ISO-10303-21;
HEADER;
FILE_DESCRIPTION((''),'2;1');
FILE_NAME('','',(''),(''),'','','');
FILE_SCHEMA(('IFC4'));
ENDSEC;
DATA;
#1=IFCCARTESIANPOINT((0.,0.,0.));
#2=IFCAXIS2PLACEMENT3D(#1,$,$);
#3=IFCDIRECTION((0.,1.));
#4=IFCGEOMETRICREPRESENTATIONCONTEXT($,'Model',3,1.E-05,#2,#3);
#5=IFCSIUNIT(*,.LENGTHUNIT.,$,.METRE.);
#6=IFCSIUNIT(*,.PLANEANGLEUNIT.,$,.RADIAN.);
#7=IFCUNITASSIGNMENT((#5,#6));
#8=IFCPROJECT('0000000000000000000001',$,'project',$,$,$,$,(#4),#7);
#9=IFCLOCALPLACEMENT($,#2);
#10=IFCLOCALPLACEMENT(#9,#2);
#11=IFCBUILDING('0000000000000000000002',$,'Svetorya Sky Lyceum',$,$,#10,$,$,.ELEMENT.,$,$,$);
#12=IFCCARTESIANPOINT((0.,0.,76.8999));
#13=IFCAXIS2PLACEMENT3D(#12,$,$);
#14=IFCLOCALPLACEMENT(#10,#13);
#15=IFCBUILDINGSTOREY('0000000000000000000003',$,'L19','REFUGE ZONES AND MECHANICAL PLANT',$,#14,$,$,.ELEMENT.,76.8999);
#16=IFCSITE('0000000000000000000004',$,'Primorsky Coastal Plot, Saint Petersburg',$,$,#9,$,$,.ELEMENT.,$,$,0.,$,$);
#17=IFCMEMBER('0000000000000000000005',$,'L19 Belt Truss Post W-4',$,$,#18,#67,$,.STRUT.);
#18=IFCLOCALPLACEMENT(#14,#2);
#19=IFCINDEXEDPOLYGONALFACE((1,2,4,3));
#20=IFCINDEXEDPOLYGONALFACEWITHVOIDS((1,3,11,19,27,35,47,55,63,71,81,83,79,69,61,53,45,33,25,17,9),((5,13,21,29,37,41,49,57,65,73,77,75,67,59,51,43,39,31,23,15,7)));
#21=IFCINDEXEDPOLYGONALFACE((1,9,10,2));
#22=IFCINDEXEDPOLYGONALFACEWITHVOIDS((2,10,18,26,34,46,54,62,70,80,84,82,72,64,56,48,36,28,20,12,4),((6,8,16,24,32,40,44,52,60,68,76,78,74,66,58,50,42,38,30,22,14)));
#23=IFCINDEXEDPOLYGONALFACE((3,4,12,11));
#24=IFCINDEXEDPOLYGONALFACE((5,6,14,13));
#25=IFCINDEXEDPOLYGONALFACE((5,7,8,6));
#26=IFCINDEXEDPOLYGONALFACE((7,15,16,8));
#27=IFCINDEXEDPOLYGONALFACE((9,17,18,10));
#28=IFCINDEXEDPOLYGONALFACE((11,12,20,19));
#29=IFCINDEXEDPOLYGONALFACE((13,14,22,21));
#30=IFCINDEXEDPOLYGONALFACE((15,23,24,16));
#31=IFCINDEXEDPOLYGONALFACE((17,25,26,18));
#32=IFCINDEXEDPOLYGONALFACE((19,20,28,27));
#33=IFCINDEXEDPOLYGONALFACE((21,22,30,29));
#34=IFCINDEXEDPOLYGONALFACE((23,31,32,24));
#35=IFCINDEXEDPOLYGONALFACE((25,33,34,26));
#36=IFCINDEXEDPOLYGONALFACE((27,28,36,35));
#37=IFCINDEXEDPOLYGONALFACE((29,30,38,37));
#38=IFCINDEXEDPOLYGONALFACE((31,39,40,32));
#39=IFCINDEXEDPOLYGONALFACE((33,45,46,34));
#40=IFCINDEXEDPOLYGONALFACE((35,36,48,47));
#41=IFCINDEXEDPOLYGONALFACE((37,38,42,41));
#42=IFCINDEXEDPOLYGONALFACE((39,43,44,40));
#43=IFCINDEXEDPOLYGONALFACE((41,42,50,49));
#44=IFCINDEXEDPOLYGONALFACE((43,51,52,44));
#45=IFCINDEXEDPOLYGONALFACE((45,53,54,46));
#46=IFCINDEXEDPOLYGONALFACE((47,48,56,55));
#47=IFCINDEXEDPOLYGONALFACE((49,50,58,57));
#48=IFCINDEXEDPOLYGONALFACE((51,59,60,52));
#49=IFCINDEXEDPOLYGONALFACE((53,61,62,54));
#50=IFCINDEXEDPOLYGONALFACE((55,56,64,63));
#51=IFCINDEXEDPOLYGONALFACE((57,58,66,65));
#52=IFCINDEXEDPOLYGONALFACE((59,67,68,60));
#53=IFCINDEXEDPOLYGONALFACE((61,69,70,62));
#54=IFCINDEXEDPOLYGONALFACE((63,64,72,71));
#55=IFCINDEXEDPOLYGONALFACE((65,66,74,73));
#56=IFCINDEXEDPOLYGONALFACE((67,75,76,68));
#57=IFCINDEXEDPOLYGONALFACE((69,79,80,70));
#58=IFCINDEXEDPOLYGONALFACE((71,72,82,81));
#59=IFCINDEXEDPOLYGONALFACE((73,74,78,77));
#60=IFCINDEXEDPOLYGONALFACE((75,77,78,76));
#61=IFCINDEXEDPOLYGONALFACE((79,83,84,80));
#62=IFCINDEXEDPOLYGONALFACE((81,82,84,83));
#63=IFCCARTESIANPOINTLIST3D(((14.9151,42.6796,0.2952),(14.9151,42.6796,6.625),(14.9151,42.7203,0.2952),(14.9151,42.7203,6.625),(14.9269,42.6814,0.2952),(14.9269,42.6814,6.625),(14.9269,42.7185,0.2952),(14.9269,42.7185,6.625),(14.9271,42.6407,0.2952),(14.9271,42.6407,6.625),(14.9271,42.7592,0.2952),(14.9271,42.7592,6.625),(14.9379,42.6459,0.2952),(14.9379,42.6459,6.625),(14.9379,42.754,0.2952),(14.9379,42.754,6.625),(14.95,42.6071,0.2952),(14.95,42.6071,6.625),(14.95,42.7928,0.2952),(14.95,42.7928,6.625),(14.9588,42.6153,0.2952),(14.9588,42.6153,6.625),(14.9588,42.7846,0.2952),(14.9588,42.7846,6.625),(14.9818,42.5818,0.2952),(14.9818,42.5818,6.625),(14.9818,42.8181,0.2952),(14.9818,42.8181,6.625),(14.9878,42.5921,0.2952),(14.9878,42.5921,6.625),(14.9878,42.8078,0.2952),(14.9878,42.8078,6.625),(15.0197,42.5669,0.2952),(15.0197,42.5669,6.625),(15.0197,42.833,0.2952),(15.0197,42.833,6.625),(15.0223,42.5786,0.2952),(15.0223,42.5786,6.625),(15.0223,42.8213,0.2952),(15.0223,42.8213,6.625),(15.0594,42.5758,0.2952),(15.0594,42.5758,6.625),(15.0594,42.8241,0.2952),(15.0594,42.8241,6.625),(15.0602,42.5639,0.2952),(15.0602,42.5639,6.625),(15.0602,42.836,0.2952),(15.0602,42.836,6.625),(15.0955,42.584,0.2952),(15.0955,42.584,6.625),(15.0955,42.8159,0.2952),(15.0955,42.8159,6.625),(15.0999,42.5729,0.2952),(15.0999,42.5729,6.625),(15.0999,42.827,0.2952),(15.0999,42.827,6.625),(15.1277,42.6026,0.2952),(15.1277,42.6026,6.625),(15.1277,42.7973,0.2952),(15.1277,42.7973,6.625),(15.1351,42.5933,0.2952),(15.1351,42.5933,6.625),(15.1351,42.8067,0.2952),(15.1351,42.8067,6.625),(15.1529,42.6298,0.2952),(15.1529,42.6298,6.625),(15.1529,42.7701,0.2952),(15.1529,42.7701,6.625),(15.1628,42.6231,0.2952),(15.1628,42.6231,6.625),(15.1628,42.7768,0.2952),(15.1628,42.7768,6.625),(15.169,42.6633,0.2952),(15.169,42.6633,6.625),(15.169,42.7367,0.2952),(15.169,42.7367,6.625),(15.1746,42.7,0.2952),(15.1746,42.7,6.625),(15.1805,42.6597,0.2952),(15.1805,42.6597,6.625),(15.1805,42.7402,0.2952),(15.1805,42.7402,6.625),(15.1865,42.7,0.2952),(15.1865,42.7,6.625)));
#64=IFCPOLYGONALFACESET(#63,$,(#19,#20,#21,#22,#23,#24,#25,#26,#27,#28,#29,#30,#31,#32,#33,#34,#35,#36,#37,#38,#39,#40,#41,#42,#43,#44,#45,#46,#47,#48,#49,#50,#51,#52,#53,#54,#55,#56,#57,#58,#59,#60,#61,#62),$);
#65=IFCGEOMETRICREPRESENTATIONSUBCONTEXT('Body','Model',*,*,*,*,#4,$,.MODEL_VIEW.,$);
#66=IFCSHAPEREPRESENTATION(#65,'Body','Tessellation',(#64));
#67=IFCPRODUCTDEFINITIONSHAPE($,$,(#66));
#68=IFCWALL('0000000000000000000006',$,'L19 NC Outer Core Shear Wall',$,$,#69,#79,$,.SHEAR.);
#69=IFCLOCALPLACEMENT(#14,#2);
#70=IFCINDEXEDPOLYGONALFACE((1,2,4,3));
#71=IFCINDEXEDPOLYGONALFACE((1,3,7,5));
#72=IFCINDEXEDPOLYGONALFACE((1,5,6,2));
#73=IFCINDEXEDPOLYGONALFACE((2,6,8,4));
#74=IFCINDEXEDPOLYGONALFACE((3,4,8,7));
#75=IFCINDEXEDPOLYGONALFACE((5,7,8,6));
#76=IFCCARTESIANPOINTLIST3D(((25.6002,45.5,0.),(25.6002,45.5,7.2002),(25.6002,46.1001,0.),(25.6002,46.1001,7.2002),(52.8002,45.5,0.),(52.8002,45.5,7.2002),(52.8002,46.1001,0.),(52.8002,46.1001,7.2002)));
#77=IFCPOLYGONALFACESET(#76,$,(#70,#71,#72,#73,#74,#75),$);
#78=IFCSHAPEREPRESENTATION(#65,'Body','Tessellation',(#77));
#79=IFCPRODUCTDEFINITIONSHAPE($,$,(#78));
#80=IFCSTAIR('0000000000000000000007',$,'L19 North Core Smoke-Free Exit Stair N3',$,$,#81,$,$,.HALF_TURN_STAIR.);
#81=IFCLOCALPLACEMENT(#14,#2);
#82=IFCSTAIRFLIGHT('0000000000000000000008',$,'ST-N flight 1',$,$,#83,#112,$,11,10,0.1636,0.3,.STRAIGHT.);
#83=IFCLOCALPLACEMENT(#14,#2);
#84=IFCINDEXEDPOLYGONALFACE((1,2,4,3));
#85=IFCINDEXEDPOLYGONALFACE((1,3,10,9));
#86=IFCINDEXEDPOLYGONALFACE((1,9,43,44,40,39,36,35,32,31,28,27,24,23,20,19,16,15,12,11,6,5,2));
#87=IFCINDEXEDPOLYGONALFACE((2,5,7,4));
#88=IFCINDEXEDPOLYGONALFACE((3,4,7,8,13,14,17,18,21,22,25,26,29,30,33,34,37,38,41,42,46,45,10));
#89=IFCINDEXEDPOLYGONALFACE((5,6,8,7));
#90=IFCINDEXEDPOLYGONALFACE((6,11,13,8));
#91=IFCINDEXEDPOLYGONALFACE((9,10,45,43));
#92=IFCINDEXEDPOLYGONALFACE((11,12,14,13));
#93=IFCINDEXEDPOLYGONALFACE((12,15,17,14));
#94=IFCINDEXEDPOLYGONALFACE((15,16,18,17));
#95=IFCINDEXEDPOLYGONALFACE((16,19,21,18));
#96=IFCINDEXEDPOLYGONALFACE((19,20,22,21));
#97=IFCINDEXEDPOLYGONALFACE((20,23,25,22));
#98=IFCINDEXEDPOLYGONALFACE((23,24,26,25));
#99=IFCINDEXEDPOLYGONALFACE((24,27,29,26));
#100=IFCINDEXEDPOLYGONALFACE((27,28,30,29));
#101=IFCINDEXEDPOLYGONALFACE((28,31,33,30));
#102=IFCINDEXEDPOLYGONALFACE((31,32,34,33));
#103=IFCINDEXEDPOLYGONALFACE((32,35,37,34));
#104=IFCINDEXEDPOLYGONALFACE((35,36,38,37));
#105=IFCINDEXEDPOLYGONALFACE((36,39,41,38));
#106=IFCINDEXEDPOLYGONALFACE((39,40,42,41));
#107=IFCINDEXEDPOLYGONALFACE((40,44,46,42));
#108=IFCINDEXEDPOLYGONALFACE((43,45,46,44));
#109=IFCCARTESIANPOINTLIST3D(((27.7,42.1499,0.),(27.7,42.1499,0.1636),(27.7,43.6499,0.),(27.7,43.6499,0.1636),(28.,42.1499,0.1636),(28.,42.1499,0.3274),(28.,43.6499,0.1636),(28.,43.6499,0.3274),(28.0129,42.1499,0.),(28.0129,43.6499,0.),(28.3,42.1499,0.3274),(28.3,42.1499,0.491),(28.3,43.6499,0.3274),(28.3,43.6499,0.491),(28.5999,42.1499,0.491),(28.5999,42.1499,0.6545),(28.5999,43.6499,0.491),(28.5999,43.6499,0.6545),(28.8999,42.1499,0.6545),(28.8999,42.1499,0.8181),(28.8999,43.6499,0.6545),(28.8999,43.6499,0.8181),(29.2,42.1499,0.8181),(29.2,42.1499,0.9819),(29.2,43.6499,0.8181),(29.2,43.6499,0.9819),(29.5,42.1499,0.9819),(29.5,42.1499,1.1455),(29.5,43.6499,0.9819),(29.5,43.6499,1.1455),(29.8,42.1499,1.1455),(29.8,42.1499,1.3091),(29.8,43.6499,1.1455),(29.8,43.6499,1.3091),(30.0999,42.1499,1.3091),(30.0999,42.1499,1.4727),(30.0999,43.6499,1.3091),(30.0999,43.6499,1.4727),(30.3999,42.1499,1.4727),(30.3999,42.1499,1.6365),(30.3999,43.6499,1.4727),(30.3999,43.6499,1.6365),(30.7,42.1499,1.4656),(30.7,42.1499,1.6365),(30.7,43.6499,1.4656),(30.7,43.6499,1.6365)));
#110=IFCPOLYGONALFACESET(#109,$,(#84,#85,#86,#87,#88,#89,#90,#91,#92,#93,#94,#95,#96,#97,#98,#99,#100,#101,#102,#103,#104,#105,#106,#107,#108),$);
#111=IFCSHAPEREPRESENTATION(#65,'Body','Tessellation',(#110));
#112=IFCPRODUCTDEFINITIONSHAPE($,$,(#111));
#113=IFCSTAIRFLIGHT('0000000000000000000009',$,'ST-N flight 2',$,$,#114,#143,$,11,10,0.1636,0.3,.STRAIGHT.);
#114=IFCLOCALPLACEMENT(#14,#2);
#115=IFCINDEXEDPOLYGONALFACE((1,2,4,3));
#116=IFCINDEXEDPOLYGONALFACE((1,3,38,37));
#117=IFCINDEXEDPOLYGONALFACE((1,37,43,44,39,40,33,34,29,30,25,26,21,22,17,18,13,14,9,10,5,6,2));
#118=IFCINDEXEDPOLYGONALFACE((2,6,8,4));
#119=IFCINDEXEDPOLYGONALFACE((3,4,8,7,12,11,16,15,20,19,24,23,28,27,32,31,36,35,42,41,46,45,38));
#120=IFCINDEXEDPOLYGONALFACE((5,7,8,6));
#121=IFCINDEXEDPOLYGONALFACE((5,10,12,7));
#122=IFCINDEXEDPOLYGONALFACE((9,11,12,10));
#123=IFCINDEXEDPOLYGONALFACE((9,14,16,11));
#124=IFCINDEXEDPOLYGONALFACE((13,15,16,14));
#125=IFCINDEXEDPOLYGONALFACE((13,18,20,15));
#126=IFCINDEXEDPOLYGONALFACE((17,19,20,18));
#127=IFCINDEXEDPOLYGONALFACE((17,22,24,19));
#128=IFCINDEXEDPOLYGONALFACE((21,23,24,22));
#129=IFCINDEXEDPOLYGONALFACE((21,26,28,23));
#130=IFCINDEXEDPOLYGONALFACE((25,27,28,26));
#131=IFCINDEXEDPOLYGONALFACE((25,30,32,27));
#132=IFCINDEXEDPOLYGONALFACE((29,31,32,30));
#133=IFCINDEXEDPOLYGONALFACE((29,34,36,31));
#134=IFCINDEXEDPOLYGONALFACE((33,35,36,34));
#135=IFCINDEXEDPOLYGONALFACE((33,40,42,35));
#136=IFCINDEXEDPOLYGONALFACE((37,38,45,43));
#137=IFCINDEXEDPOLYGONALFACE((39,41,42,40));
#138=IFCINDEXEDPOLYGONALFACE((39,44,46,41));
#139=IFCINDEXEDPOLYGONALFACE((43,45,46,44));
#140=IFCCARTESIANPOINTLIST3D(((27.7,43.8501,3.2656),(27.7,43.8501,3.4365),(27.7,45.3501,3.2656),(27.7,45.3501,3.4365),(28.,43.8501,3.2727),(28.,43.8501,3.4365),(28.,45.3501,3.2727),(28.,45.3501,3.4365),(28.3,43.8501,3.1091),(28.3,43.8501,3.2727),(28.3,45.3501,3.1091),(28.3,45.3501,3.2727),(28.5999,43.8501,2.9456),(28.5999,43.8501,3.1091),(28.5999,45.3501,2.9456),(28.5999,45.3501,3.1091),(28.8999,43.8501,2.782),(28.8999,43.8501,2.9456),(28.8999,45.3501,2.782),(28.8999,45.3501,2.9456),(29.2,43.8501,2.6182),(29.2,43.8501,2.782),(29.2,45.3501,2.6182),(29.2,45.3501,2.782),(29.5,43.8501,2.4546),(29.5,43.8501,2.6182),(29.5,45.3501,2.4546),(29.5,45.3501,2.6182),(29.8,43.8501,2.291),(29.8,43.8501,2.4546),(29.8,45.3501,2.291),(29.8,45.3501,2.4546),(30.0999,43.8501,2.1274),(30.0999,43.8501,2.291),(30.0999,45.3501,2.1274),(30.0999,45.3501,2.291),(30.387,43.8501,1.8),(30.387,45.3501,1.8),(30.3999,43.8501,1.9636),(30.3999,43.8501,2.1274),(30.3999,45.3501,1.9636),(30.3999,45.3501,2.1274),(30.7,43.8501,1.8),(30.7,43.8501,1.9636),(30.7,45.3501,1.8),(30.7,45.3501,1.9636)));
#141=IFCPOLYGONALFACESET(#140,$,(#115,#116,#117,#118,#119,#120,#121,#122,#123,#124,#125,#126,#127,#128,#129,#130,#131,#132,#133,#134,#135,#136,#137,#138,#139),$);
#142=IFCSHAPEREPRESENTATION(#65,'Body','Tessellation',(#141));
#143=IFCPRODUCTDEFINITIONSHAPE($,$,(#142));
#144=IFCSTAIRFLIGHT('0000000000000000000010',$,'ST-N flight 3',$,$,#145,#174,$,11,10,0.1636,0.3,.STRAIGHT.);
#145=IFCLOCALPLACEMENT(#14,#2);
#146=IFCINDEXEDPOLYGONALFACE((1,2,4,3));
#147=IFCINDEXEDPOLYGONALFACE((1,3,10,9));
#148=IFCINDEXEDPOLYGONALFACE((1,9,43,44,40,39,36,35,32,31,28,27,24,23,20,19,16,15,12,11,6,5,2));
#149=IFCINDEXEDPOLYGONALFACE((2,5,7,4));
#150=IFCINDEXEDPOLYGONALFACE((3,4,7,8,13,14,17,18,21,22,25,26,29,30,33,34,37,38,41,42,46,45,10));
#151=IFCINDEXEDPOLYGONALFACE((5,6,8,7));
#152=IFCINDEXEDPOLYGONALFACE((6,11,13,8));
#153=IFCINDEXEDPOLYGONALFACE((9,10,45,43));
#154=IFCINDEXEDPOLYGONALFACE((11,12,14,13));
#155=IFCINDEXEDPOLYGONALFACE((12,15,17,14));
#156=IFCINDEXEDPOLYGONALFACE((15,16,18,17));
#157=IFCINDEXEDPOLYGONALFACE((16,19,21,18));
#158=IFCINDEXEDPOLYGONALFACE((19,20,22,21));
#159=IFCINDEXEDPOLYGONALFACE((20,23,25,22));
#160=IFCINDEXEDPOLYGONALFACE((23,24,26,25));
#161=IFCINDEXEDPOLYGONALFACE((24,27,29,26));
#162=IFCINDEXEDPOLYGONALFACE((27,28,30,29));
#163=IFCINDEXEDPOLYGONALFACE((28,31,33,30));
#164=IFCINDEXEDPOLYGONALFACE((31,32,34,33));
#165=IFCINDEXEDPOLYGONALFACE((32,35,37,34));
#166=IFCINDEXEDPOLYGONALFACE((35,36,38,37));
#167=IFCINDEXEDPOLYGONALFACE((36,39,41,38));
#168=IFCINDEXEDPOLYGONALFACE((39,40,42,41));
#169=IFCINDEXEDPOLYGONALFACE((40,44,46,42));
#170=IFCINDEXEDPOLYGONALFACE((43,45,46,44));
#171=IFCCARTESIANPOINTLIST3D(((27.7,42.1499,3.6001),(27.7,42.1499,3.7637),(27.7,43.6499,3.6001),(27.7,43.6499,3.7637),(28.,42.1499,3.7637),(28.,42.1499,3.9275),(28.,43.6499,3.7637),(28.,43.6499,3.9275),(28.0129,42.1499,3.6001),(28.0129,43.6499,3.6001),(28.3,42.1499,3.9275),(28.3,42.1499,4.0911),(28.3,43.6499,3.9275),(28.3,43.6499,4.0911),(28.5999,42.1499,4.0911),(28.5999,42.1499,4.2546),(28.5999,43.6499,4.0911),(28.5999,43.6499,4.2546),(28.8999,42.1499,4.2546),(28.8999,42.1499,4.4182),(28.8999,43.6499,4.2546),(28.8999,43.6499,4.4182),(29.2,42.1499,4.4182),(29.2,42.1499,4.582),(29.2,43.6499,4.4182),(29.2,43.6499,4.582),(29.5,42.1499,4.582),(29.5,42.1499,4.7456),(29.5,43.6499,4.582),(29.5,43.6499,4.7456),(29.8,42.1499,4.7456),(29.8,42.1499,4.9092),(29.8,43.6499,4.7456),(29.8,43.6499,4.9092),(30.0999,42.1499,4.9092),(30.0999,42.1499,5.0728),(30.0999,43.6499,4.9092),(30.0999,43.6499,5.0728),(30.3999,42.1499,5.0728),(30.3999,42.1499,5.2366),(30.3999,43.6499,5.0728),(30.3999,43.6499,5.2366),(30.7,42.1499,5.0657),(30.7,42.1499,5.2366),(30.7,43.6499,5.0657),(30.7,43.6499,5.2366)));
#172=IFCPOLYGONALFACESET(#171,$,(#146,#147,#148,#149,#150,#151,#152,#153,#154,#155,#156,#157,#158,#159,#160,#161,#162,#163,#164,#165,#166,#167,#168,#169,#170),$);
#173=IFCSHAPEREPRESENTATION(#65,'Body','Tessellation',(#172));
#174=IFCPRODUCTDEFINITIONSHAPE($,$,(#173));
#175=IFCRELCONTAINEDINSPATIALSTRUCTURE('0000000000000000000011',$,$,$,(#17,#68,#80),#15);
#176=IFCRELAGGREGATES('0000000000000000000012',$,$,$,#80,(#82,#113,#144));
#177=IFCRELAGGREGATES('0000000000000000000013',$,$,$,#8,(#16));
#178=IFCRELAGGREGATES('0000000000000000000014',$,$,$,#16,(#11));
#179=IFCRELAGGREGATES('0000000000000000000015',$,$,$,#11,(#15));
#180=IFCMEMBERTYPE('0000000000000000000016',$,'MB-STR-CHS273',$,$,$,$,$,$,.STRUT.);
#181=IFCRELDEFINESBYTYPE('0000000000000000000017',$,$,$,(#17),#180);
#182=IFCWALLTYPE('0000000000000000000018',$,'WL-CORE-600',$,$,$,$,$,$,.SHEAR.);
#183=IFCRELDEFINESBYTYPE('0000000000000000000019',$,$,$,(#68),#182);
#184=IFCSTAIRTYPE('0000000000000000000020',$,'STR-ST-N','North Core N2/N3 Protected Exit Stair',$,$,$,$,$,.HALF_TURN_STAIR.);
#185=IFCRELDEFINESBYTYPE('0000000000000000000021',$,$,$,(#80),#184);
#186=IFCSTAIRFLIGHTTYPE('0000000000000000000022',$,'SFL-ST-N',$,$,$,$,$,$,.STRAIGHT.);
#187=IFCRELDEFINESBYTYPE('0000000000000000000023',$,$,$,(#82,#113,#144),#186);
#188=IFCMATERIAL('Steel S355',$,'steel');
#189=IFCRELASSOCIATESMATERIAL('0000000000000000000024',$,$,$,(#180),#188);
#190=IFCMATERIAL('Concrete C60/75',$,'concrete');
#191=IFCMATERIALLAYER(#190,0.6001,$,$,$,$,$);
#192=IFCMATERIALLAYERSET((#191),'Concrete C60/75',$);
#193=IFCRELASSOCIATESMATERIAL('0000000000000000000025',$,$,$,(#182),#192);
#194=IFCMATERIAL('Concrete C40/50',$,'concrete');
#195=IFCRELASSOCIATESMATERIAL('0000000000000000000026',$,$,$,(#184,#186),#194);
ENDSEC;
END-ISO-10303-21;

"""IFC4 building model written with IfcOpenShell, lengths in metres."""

from ifc_helpers import new_model, si_unit, direction, frame, frame_2d, origin, origin_2d, place, context, subcontext, project, spatial, polyline, rectangle, hollow_circle, outline, extrude, material, layer, layer_set, material_profile, profile_set, type_object, element, aggregate, save


model = new_model("IFC4")

# Units and contexts
model_context = context("Model", 3, precision=1e-05, world=origin(), true_north=direction((0.0, 1.0)))
body_context = subcontext(model_context, "Body", "Model", "MODEL_VIEW")
ifc_project = project(units=[si_unit("LENGTHUNIT", "METRE"), si_unit("PLANEANGLEUNIT", "RADIAN")], contexts=[model_context])

# Site, building, storey
site_placement = place(None, origin())
site = spatial("IfcSite", under=ifc_project, at=site_placement, Name="Primorsky Coastal Plot, Saint Petersburg", CompositionType="ELEMENT", RefElevation=0.0)
building_placement = place(site_placement, origin())
building = spatial("IfcBuilding", under=site, at=building_placement, Name="Svetorya Sky Lyceum", CompositionType="ELEMENT")
storey_placement = place(building_placement, frame((0.0, 0.0, 76.8999)))
storey = spatial("IfcBuildingStorey", under=building, at=storey_placement, Name="L19", Description="REFUGE ZONES AND MECHANICAL PLANT", CompositionType="ELEMENT", Elevation=76.8999)

# Shared definitions
ifc_material_1 = material(Name="Concrete C60/75", Category="concrete")

# Shared definitions
ifc_material_2 = material(Name="Steel S355", Category="steel")

# Member
ifc_material_profile_1 = material_profile(ifc_material_2, hollow_circle(Radius=0.1365, WallThickness=0.012, at=origin_2d()), Name="CHS 273x12")
ifc_profile_set_1 = profile_set([ifc_material_profile_1], Name="Steel S355")
member_type_1 = type_object("IfcMemberType", Name="MB-STR-CHS273", PredefinedType="STRUT", material=ifc_profile_set_1)
for number, where, z_axis, x_axis, name in (
    (1, (15.05, 42.7, 0.2952), (0.0, 0.0, 1.0), (1.0, 0.0, 0.0), "L19 Belt Truss Post W-4"),
):
    element("IfcMember", number, at=place(storey_placement, frame(where, z_axis=z_axis, x_axis=x_axis)), inside=storey, type_object=member_type_1, Name=name, PredefinedType="STRUT", context=body_context, shape_type="SweptSolid", body=[
        extrude(hollow_circle(Radius=0.1365, WallThickness=0.012, at=origin_2d()), origin(), (0.0, 0.0, 1.0), 6.3298),
    ])

# Wall
ifc_layer_1 = layer(ifc_material_1, 0.6001)
ifc_layer_set_1 = layer_set([ifc_layer_1], Name="Concrete C60/75")
wall_type = type_object("IfcWallType", Name="WL-CORE-600", PredefinedType="SHEAR", material=ifc_layer_set_1)
wall_placement = place(storey_placement, frame((25.6001, 45.8, 0.0), z_axis=(0.0, 0.0, 1.0), x_axis=(1.0, 0.0, 0.0)))
element("IfcWall", 2, at=wall_placement, inside=storey, type_object=wall_type, Name="L19 NC Outer Core Shear Wall", PredefinedType="SHEAR", context=body_context, shape_type="SweptSolid", body=[
    extrude(rectangle(XDim=27.2, YDim=0.6001, at=frame_2d((13.6001, 0.0))), origin(), (0.0, 0.0, 1.0), 7.2002),
])

# Stair, stair flights
ifc_material_3 = material(Name="Concrete C40/50", Category="concrete")
stair_type = type_object("IfcStairType", Name="STR-ST-N", Description="North Core N2/N3 Protected Exit Stair", PredefinedType="HALF_TURN_STAIR", material=ifc_material_3)
stair_placement = place(storey_placement, origin())
stair = element("IfcStair", 3, at=stair_placement, inside=storey, type_object=stair_type, Name="L19 North Core Smoke-Free Exit Stair N3", PredefinedType="HALF_TURN_STAIR")
stair_flight_type = type_object("IfcStairFlightType", Name="SFL-ST-N", PredefinedType="STRAIGHT", material=ifc_material_3)
stair_flight_1_placement = place(storey_placement, frame((27.7, 42.8999, 0.0), z_axis=(0.0, 0.0, 1.0), x_axis=(1.0, 0.0, 0.0)))
stair_flight_1 = element("IfcStairFlight", 4, at=stair_flight_1_placement, type_object=stair_flight_type, Name="ST-N flight 1", NumberOfRisers=11, NumberOfTreads=10, PredefinedType="STRAIGHT", RiserHeight=0.1636, TreadLength=0.3, context=body_context, shape_type="SweptSolid", body=[
    extrude(outline(polyline([(0.0, 0.0), (0.0, 0.1636), (0.3, 0.1636), (0.3, 0.3274), (0.6001, 0.3274), (0.6001, 0.491), (0.8999, 0.491), (0.8999, 0.6545), (1.2, 0.6545), (1.2, 0.8181), (1.5, 0.8181), (1.5, 0.9819), (1.8, 0.9819), (1.8, 1.1455), (2.1001, 1.1455), (2.1001, 1.3091), (2.3999, 1.3091), (2.3999, 1.4727), (2.7, 1.4727), (2.7, 1.6365), (3.0, 1.6365), (3.0, 1.8), (3.0, 1.4656), (0.313, 0.0), (0.0, 0.0)])), frame((0.0, 0.75, 0.0), z_axis=(0.0, -1.0, 0.0), x_axis=(1.0, 0.0, 0.0)), (0.0, 0.0, 1.0), 1.5),
])
stair_flight_2_placement = place(storey_placement, frame((30.7, 44.6001, 1.8), z_axis=(0.0, 0.0, 1.0), x_axis=(-1.0, 0.0, 0.0)))
stair_flight_2 = element("IfcStairFlight", 5, at=stair_flight_2_placement, type_object=stair_flight_type, Name="ST-N flight 2", NumberOfRisers=11, NumberOfTreads=10, PredefinedType="STRAIGHT", RiserHeight=0.1636, TreadLength=0.3, context=body_context, shape_type="SweptSolid", body=[
    extrude(outline(polyline([(0.0, 0.0), (0.0, 0.1636), (0.3, 0.1636), (0.3, 0.3274), (0.6001, 0.3274), (0.6001, 0.491), (0.8999, 0.491), (0.8999, 0.6545), (1.2, 0.6545), (1.2, 0.8181), (1.5, 0.8181), (1.5, 0.9819), (1.8, 0.9819), (1.8, 1.1455), (2.1001, 1.1455), (2.1001, 1.3091), (2.3999, 1.3091), (2.3999, 1.4727), (2.7, 1.4727), (2.7, 1.6365), (3.0, 1.6365), (3.0, 1.8), (3.0, 1.4656), (0.313, 0.0), (0.0, 0.0)])), frame((0.0, 0.75, 0.0), z_axis=(0.0, -1.0, 0.0), x_axis=(1.0, 0.0, 0.0)), (0.0, 0.0, 1.0), 1.5),
])
stair_flight_3_placement = place(storey_placement, frame((27.7, 42.8999, 3.6001), z_axis=(0.0, 0.0, 1.0), x_axis=(1.0, 0.0, 0.0)))
stair_flight_3 = element("IfcStairFlight", 6, at=stair_flight_3_placement, type_object=stair_flight_type, Name="ST-N flight 3", NumberOfRisers=11, NumberOfTreads=10, PredefinedType="STRAIGHT", RiserHeight=0.1636, TreadLength=0.3, context=body_context, shape_type="SweptSolid", body=[
    extrude(outline(polyline([(0.0, 0.0), (0.0, 0.1636), (0.3, 0.1636), (0.3, 0.3274), (0.6001, 0.3274), (0.6001, 0.491), (0.8999, 0.491), (0.8999, 0.6545), (1.2, 0.6545), (1.2, 0.8181), (1.5, 0.8181), (1.5, 0.9819), (1.8, 0.9819), (1.8, 1.1455), (2.1001, 1.1455), (2.1001, 1.3091), (2.3999, 1.3091), (2.3999, 1.4727), (2.7, 1.4727), (2.7, 1.6365), (3.0, 1.6365), (3.0, 1.8), (3.0, 1.4656), (0.313, 0.0), (0.0, 0.0)])), frame((0.0, 0.75, 0.0), z_axis=(0.0, -1.0, 0.0), x_axis=(1.0, 0.0, 0.0)), (0.0, 0.0, 1.0), 1.5),
])
aggregate(stair, [stair_flight_1, stair_flight_2, stair_flight_3])

save(model, "model.ifc")
